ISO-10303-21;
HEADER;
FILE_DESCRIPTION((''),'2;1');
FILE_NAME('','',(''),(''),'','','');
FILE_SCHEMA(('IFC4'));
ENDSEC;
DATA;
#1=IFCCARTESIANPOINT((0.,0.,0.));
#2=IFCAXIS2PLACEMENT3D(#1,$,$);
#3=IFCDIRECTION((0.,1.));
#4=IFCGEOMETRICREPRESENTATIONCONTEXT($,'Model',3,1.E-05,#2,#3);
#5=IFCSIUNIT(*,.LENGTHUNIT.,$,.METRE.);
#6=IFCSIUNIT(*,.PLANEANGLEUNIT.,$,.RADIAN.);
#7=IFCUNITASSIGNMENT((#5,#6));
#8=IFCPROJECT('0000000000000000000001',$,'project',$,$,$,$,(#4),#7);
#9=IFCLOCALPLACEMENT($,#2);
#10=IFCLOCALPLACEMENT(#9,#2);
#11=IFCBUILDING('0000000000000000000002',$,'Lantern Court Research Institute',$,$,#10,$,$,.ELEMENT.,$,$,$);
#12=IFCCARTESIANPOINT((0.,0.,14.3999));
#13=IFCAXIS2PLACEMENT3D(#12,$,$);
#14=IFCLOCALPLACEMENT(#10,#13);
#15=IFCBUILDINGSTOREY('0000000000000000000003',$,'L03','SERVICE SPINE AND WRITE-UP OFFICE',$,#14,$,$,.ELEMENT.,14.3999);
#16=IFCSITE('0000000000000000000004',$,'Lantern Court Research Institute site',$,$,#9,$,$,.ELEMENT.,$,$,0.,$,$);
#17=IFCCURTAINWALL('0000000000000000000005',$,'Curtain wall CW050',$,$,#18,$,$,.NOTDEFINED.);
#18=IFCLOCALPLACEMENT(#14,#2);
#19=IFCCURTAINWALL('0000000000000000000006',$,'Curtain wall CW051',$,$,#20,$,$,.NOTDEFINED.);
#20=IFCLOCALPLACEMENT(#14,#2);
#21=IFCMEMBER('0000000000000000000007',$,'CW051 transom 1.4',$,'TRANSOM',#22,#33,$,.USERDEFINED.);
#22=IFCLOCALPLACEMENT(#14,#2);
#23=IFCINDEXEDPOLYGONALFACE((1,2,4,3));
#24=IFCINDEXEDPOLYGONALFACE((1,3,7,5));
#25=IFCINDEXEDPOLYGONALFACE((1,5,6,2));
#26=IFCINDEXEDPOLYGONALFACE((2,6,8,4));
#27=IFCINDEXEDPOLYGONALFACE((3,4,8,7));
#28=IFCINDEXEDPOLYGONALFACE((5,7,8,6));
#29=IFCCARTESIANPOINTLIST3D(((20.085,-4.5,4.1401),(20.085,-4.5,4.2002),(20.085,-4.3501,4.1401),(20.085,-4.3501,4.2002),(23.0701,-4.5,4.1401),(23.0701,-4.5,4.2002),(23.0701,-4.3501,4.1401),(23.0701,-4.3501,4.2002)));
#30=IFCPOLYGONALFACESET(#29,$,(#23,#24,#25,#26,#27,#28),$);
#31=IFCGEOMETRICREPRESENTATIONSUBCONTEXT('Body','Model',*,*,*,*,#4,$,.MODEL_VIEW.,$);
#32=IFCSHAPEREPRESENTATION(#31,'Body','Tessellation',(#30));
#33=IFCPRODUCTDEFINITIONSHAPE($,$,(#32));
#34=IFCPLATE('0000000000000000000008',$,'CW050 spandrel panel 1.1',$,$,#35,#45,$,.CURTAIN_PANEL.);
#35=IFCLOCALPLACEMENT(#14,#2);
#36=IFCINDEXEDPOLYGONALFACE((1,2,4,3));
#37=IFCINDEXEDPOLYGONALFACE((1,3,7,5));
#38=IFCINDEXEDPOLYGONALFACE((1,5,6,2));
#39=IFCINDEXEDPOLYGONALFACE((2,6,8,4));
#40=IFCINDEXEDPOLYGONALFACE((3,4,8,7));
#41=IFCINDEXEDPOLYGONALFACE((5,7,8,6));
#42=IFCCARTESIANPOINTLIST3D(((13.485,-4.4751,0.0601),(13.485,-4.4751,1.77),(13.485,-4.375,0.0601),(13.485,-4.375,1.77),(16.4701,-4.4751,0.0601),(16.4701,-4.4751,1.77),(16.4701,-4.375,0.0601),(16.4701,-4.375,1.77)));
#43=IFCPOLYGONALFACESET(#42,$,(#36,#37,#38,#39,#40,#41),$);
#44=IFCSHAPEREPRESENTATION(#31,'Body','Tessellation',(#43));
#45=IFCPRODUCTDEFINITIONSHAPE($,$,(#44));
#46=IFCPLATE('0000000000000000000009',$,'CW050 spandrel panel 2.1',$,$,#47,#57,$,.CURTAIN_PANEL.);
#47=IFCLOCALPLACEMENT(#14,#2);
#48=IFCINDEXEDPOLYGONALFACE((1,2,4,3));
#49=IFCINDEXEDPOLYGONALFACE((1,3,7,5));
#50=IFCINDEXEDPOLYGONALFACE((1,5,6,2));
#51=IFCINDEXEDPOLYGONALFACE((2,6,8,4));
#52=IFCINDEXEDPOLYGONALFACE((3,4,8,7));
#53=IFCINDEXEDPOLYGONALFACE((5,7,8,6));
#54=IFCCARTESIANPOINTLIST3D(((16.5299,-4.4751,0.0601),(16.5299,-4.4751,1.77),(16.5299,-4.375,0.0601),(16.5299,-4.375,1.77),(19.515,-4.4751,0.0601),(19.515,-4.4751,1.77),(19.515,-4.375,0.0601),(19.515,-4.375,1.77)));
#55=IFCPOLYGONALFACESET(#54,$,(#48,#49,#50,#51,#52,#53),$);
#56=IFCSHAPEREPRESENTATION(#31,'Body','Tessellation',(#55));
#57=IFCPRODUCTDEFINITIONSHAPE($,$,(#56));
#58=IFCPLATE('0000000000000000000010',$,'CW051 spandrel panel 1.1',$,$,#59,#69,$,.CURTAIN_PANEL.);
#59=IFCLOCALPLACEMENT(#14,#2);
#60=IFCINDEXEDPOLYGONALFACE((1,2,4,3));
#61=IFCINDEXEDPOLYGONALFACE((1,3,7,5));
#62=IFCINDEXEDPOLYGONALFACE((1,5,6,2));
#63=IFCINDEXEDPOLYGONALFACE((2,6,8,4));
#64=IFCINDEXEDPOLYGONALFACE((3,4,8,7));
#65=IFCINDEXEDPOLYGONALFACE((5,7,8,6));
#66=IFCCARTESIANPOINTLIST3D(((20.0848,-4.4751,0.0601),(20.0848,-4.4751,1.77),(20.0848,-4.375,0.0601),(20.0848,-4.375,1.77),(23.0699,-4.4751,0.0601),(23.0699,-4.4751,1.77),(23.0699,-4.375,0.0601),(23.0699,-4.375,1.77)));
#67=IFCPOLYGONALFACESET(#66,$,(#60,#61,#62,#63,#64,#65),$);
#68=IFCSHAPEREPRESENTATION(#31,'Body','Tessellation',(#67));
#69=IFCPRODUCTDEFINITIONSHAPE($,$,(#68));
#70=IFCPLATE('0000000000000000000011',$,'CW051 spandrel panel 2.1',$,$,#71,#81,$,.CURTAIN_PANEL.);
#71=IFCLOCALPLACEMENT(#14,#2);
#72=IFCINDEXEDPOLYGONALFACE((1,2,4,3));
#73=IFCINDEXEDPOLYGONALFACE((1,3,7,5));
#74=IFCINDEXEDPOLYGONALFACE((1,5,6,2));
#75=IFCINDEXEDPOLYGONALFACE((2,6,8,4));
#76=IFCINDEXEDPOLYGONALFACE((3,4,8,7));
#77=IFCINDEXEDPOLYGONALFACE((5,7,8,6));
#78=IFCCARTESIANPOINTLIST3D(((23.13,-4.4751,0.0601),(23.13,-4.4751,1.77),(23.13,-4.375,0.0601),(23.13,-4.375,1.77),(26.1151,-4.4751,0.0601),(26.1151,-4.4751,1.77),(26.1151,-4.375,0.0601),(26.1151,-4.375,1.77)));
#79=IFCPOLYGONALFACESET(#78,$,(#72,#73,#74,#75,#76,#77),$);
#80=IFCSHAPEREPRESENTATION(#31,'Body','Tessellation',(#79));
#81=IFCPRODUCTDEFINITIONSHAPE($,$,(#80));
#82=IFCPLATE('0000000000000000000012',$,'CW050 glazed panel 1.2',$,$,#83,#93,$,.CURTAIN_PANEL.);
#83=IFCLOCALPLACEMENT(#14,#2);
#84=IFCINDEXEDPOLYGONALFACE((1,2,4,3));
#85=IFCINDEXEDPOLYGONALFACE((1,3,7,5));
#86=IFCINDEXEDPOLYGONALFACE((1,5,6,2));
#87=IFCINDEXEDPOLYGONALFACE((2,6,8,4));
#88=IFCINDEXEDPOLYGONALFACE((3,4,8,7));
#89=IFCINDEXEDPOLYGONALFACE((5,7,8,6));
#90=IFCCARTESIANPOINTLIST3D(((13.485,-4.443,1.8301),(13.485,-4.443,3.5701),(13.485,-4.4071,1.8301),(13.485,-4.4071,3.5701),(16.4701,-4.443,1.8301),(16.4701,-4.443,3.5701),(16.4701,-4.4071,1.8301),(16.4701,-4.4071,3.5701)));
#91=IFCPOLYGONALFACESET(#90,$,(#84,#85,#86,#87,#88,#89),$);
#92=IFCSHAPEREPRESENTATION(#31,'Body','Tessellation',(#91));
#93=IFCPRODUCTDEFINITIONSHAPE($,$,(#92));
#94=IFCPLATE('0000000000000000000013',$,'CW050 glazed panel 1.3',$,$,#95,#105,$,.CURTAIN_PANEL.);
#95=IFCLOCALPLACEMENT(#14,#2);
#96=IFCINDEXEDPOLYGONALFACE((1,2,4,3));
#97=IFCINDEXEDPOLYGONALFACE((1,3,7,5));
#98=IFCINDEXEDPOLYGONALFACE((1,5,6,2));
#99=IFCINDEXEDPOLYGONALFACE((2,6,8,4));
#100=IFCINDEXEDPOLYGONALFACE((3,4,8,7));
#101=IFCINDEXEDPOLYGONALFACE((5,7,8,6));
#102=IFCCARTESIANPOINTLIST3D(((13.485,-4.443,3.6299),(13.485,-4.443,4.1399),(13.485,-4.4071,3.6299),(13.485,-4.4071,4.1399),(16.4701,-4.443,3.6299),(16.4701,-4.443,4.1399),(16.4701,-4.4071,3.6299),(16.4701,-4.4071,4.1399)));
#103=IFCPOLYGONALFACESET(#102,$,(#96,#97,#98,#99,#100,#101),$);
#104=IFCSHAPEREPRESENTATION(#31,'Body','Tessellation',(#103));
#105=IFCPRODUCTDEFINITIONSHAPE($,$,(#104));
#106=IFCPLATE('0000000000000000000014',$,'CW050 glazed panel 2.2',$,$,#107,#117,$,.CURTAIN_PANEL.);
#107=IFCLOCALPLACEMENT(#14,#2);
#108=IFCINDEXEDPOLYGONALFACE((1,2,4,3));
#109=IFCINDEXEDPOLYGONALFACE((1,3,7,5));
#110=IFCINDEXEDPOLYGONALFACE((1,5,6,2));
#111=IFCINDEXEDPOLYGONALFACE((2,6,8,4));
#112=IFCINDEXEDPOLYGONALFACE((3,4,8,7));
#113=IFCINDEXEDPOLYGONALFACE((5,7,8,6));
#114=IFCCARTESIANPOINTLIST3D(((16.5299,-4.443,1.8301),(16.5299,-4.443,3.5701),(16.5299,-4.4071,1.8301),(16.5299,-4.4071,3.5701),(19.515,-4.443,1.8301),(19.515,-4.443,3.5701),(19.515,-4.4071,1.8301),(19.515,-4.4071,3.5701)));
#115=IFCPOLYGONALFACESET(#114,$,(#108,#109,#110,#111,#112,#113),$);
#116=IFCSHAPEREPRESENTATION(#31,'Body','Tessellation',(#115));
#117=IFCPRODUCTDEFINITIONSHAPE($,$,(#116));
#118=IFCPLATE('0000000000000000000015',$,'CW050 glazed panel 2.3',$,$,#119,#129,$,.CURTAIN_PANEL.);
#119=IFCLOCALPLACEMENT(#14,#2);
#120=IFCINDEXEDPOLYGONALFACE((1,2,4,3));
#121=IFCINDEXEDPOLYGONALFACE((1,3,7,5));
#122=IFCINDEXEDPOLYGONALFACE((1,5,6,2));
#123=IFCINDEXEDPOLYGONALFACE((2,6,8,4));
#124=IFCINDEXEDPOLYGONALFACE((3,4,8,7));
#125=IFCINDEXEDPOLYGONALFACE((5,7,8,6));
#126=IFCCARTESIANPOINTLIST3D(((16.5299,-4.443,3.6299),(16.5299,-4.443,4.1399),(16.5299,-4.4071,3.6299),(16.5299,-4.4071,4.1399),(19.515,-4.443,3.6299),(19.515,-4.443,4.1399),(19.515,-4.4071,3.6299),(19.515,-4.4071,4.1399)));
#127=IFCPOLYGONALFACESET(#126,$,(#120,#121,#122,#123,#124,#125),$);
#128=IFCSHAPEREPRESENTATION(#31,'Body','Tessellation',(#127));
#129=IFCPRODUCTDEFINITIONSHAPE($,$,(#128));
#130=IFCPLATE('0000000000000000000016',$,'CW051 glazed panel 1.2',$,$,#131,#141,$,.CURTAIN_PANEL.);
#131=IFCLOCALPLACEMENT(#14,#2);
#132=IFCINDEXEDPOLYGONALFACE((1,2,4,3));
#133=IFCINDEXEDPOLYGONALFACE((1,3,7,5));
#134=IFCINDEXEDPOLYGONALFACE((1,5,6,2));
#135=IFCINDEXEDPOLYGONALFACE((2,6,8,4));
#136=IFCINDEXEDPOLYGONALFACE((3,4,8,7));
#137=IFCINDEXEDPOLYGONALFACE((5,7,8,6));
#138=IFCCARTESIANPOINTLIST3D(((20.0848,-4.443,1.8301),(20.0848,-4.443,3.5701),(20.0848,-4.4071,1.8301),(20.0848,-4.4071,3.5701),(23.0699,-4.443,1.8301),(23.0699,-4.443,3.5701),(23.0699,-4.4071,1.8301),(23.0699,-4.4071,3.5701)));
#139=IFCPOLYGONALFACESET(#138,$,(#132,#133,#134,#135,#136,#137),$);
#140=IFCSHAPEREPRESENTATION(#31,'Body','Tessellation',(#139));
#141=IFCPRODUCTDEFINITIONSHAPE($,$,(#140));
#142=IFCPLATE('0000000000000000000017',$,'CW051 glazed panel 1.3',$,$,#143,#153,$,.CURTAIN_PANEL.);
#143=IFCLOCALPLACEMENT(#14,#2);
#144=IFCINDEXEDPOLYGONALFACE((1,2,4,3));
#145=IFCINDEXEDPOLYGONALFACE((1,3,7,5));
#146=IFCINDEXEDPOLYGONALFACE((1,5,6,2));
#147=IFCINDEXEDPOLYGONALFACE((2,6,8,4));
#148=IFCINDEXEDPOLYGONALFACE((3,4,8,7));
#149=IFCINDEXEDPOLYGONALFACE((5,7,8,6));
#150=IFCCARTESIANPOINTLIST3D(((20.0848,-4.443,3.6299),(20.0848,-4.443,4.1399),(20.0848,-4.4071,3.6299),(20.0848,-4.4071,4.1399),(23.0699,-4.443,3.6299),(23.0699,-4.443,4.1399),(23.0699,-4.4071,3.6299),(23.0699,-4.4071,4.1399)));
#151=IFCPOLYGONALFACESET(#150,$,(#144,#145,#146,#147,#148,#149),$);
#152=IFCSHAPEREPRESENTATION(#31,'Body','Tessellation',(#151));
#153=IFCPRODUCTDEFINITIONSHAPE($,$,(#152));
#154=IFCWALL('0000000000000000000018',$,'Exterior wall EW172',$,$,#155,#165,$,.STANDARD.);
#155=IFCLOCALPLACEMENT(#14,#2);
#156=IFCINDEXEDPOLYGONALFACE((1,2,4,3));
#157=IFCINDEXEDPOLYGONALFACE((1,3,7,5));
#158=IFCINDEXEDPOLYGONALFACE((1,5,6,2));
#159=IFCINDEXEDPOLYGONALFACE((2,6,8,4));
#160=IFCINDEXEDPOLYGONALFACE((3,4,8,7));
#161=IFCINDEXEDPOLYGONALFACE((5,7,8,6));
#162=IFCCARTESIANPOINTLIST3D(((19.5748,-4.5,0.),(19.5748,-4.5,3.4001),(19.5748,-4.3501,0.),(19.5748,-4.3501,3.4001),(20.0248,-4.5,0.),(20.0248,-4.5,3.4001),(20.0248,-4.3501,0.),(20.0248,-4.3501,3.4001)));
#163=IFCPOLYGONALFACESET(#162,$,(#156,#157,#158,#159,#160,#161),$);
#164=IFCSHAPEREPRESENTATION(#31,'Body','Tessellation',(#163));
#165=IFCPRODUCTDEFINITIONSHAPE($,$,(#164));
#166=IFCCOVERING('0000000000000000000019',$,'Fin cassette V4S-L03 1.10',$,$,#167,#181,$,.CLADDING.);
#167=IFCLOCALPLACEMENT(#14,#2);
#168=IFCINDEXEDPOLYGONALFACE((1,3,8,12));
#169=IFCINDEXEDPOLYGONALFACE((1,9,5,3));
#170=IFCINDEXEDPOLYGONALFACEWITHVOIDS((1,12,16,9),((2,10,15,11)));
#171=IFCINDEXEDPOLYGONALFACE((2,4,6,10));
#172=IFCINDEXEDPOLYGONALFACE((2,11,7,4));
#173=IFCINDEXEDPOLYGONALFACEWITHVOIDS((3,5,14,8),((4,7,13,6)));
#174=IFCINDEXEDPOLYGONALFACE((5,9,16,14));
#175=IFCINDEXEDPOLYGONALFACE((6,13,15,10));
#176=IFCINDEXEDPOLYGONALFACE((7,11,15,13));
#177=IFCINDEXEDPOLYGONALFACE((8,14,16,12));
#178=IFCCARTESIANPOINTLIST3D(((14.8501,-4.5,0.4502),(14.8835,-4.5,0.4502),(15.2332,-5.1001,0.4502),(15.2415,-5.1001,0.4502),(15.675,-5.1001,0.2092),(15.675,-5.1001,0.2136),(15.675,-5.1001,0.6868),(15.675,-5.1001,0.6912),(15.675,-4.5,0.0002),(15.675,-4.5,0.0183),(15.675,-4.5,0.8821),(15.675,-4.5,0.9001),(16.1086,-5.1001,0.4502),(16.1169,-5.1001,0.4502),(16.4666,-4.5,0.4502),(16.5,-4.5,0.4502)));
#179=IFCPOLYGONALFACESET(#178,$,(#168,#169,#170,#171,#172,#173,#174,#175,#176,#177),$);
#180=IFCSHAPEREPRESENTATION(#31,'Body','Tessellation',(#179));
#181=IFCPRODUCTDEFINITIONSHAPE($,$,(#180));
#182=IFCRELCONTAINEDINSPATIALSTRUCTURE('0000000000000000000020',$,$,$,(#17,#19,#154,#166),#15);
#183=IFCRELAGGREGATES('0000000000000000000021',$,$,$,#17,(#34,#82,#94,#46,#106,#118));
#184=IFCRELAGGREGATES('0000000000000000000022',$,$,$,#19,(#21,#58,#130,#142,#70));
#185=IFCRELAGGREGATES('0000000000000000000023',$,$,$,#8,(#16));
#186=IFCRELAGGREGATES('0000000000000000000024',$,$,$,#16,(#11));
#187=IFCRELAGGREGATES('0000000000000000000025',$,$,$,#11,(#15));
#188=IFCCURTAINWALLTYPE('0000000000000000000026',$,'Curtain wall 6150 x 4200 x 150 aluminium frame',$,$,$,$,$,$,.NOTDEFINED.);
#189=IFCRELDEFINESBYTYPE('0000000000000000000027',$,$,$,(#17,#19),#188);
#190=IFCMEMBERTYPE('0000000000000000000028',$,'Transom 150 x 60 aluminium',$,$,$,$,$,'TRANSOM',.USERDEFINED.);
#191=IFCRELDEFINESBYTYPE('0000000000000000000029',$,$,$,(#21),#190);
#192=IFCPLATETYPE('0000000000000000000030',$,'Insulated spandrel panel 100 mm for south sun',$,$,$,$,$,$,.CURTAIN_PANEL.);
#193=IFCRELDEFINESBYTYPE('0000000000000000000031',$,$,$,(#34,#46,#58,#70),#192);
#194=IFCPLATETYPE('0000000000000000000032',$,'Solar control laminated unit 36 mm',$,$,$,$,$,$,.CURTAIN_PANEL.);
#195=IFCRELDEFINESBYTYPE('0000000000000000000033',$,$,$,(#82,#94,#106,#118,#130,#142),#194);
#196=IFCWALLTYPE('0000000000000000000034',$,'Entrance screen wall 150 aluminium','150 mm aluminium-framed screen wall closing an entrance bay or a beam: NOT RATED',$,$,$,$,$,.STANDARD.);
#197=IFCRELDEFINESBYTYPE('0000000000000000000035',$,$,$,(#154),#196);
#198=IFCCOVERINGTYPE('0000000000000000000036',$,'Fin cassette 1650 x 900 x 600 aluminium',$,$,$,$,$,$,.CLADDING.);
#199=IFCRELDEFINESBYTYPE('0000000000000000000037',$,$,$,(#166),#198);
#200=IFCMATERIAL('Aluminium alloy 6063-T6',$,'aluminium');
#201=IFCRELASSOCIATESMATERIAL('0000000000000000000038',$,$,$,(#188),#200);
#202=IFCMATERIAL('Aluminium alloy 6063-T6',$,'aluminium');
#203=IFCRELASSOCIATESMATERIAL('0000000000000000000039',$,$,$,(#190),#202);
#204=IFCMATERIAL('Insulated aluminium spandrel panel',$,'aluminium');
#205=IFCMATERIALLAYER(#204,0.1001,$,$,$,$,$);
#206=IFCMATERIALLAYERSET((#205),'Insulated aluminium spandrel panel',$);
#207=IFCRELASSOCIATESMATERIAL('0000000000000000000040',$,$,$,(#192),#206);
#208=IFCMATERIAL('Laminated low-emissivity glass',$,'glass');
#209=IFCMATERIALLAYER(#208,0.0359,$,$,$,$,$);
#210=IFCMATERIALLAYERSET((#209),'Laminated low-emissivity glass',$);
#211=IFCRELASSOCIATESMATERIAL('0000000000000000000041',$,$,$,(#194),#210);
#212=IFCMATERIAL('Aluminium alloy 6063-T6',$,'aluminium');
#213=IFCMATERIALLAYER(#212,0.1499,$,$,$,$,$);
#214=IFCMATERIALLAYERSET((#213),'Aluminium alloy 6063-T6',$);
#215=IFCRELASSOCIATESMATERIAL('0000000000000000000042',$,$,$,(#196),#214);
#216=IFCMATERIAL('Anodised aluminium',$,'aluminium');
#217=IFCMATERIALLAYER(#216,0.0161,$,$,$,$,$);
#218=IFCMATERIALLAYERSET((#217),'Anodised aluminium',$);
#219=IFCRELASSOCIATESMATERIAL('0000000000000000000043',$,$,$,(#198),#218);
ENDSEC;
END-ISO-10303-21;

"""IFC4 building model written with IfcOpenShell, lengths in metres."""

from ifc_helpers import new_model, entity, si_unit, direction, frame, frame_2d, origin, origin_2d, place, context, subcontext, project, spatial, rectangle, extrude, material, layer, layer_set, material_profile, profile_set, type_object, element, aggregate, save


model = new_model("IFC4")

# Units and contexts
model_context = context("Model", 3, precision=1e-05, world=origin(), true_north=direction((0.0, 1.0)))
body_context = subcontext(model_context, "Body", "Model", "MODEL_VIEW")
ifc_project = project(units=[si_unit("LENGTHUNIT", "METRE"), si_unit("PLANEANGLEUNIT", "RADIAN")], contexts=[model_context])

# Site, building, storey
site_placement = place(None, origin())
site = spatial("IfcSite", under=ifc_project, at=site_placement, Name="Lantern Court Research Institute site", CompositionType="ELEMENT", RefElevation=0.0)
building_placement = place(site_placement, origin())
building = spatial("IfcBuilding", under=site, at=building_placement, Name="Lantern Court Research Institute", CompositionType="ELEMENT")
storey_placement = place(building_placement, frame((0.0, 0.0, 14.3999)))
storey = spatial("IfcBuildingStorey", under=building, at=storey_placement, Name="L03", Description="SERVICE SPINE AND WRITE-UP OFFICE", CompositionType="ELEMENT", Elevation=14.3999)

# Curtain walls
ifc_material_1 = material(Name="Aluminium alloy 6063-T6", Category="aluminium")
curtain_wall_type = type_object("IfcCurtainWallType", Name="Curtain wall 6150 x 4200 x 150 aluminium frame", PredefinedType="NOTDEFINED", material=ifc_material_1)
curtain_wall_1_placement = place(storey_placement, origin())
curtain_wall_1 = element("IfcCurtainWall", 1, at=curtain_wall_1_placement, inside=storey, type_object=curtain_wall_type, Name="Curtain wall CW050", PredefinedType="NOTDEFINED")
curtain_wall_2_placement = place(storey_placement, origin())
curtain_wall_2 = element("IfcCurtainWall", 2, at=curtain_wall_2_placement, inside=storey, type_object=curtain_wall_type, Name="Curtain wall CW051", PredefinedType="NOTDEFINED")

# Member
ifc_material_2 = material(Name="Aluminium alloy 6063-T6", Category="aluminium")
ifc_material_profile_1 = material_profile(ifc_material_2, rectangle(XDim=0.1499, YDim=0.0601, at=origin_2d()), Name="Transom 150 x 60")
ifc_profile_set_1 = profile_set([ifc_material_profile_1], Name="Aluminium alloy 6063-T6")
member_type_1 = type_object("IfcMemberType", Name="Transom 150 x 60 aluminium", ElementType="TRANSOM", PredefinedType="USERDEFINED", material=ifc_profile_set_1)
member_1_placement = place(storey_placement, frame((23.0701, -4.425, 4.1702), z_axis=(-1.0, 0.0, 0.0), x_axis=(0.0, -1.0, 0.0)))
member_1 = element("IfcMember", 3, at=member_1_placement, type_object=member_type_1, Name="CW051 transom 1.4", ObjectType="TRANSOM", PredefinedType="USERDEFINED", context=body_context, shape_type="SweptSolid", body=[
    extrude(rectangle(XDim=0.1499, YDim=0.0601, at=origin_2d()), origin(), (0.0, 0.0, 1.0), 2.9851),
])

# Plates
ifc_material_3 = material(Name="Insulated aluminium spandrel panel", Category="aluminium")
ifc_layer_1 = layer(ifc_material_3, 0.1001)
ifc_layer_set_1 = layer_set([ifc_layer_1], Name="Insulated aluminium spandrel panel")
plate_type_1 = type_object("IfcPlateType", Name="Insulated spandrel panel 100 mm for south sun", PredefinedType="CURTAIN_PANEL", material=ifc_layer_set_1)
plate_1_placement = place(storey_placement, frame((14.9775, -4.425, 0.0601), z_axis=(0.0, 0.0, 1.0), x_axis=(-1.0, 0.0, 0.0)))
plate_1 = element("IfcPlate", 4, at=plate_1_placement, type_object=plate_type_1, Name="CW050 spandrel panel 1.1", PredefinedType="CURTAIN_PANEL", context=body_context, shape_type="SweptSolid", body=[
    extrude(rectangle(XDim=2.9851, YDim=0.1001, at=origin_2d()), origin(), (0.0, 0.0, 1.0), 1.71),
])
plate_2_placement = place(storey_placement, frame((18.0225, -4.425, 0.0601), z_axis=(0.0, 0.0, 1.0), x_axis=(-1.0, 0.0, 0.0)))
plate_2 = element("IfcPlate", 5, at=plate_2_placement, type_object=plate_type_1, Name="CW050 spandrel panel 2.1", PredefinedType="CURTAIN_PANEL", context=body_context, shape_type="SweptSolid", body=[
    extrude(rectangle(XDim=2.9851, YDim=0.1001, at=origin_2d()), origin(), (0.0, 0.0, 1.0), 1.71),
])
plate_3_placement = place(storey_placement, frame((21.5774, -4.425, 0.0601), z_axis=(0.0, 0.0, 1.0), x_axis=(-1.0, 0.0, 0.0)))
plate_3 = element("IfcPlate", 6, at=plate_3_placement, type_object=plate_type_1, Name="CW051 spandrel panel 1.1", PredefinedType="CURTAIN_PANEL", context=body_context, shape_type="SweptSolid", body=[
    extrude(rectangle(XDim=2.9851, YDim=0.1001, at=origin_2d()), origin(), (0.0, 0.0, 1.0), 1.71),
])
plate_4_placement = place(storey_placement, frame((24.6226, -4.425, 0.0601), z_axis=(0.0, 0.0, 1.0), x_axis=(-1.0, 0.0, 0.0)))
plate_4 = element("IfcPlate", 7, at=plate_4_placement, type_object=plate_type_1, Name="CW051 spandrel panel 2.1", PredefinedType="CURTAIN_PANEL", context=body_context, shape_type="SweptSolid", body=[
    extrude(rectangle(XDim=2.9851, YDim=0.1001, at=origin_2d()), origin(), (0.0, 0.0, 1.0), 1.71),
])
ifc_material_4 = material(Name="Laminated low-emissivity glass", Category="glass")
ifc_layer_2 = layer(ifc_material_4, 0.0359)
ifc_layer_set_2 = layer_set([ifc_layer_2], Name="Laminated low-emissivity glass")
plate_type_2 = type_object("IfcPlateType", Name="Solar control laminated unit 36 mm", PredefinedType="CURTAIN_PANEL", material=ifc_layer_set_2)
plate_5_placement = place(storey_placement, frame((14.9775, -4.425, 1.8301), z_axis=(0.0, 0.0, 1.0), x_axis=(-1.0, 0.0, 0.0)))
plate_5 = element("IfcPlate", 8, at=plate_5_placement, type_object=plate_type_2, Name="CW050 glazed panel 1.2", PredefinedType="CURTAIN_PANEL", context=body_context, shape_type="SweptSolid", body=[
    extrude(rectangle(XDim=2.9851, YDim=0.0359, at=origin_2d()), origin(), (0.0, 0.0, 1.0), 1.74),
])
plate_6_placement = place(storey_placement, frame((14.9775, -4.425, 3.6299), z_axis=(0.0, 0.0, 1.0), x_axis=(-1.0, 0.0, 0.0)))
plate_6 = element("IfcPlate", 9, at=plate_6_placement, type_object=plate_type_2, Name="CW050 glazed panel 1.3", PredefinedType="CURTAIN_PANEL", context=body_context, shape_type="SweptSolid", body=[
    extrude(rectangle(XDim=2.9851, YDim=0.0359, at=origin_2d()), origin(), (0.0, 0.0, 1.0), 0.51),
])
plate_7_placement = place(storey_placement, frame((18.0225, -4.425, 1.8301), z_axis=(0.0, 0.0, 1.0), x_axis=(-1.0, 0.0, 0.0)))
plate_7 = element("IfcPlate", 10, at=plate_7_placement, type_object=plate_type_2, Name="CW050 glazed panel 2.2", PredefinedType="CURTAIN_PANEL", context=body_context, shape_type="SweptSolid", body=[
    extrude(rectangle(XDim=2.9851, YDim=0.0359, at=origin_2d()), origin(), (0.0, 0.0, 1.0), 1.74),
])
plate_8_placement = place(storey_placement, frame((18.0225, -4.425, 3.6299), z_axis=(0.0, 0.0, 1.0), x_axis=(-1.0, 0.0, 0.0)))
plate_8 = element("IfcPlate", 11, at=plate_8_placement, type_object=plate_type_2, Name="CW050 glazed panel 2.3", PredefinedType="CURTAIN_PANEL", context=body_context, shape_type="SweptSolid", body=[
    extrude(rectangle(XDim=2.9851, YDim=0.0359, at=origin_2d()), origin(), (0.0, 0.0, 1.0), 0.51),
])
aggregate(curtain_wall_1, [plate_1, plate_5, plate_6, plate_2, plate_7, plate_8])
plate_9_placement = place(storey_placement, frame((21.5774, -4.425, 1.8301), z_axis=(0.0, 0.0, 1.0), x_axis=(-1.0, 0.0, 0.0)))
plate_9 = element("IfcPlate", 12, at=plate_9_placement, type_object=plate_type_2, Name="CW051 glazed panel 1.2", PredefinedType="CURTAIN_PANEL", context=body_context, shape_type="SweptSolid", body=[
    extrude(rectangle(XDim=2.9851, YDim=0.0359, at=origin_2d()), origin(), (0.0, 0.0, 1.0), 1.74),
])
plate_10_placement = place(storey_placement, frame((21.5774, -4.425, 3.6299), z_axis=(0.0, 0.0, 1.0), x_axis=(-1.0, 0.0, 0.0)))
plate_10 = element("IfcPlate", 13, at=plate_10_placement, type_object=plate_type_2, Name="CW051 glazed panel 1.3", PredefinedType="CURTAIN_PANEL", context=body_context, shape_type="SweptSolid", body=[
    extrude(rectangle(XDim=2.9851, YDim=0.0359, at=origin_2d()), origin(), (0.0, 0.0, 1.0), 0.51),
])
aggregate(curtain_wall_2, [member_1, plate_3, plate_9, plate_10, plate_4])

# Wall
ifc_material_5 = material(Name="Aluminium alloy 6063-T6", Category="aluminium")
ifc_layer_3 = layer(ifc_material_5, 0.1499)
ifc_layer_set_3 = layer_set([ifc_layer_3], Name="Aluminium alloy 6063-T6")
wall_type = type_object("IfcWallType", Name="Entrance screen wall 150 aluminium", Description="150 mm aluminium-framed screen wall closing an entrance bay or a beam: NOT RATED", PredefinedType="STANDARD", material=ifc_layer_set_3)
wall_placement = place(storey_placement, frame((20.0249, -4.425, 0.0), z_axis=(0.0, 0.0, 1.0), x_axis=(-1.0, 0.0, 0.0)))
element("IfcWall", 14, at=wall_placement, inside=storey, type_object=wall_type, Name="Exterior wall EW172", PredefinedType="STANDARD", context=body_context, shape_type="SweptSolid", body=[
    extrude(rectangle(XDim=0.45, YDim=0.1499, at=frame_2d((0.2251, 0.0))), origin(), (0.0, 0.0, 1.0), 3.4001),
])

# Covering
ifc_material_6 = material(Name="Anodised aluminium", Category="aluminium")
ifc_layer_4 = layer(ifc_material_6, 0.0161)
ifc_layer_set_4 = layer_set([ifc_layer_4], Name="Anodised aluminium")
covering_type = type_object("IfcCoveringType", Name="Fin cassette 1650 x 900 x 600 aluminium", PredefinedType="CLADDING", material=ifc_layer_set_4)
covering_1_placement = place(storey_placement, frame((15.675, -4.5, 0.4502), z_axis=(0.0, -1.0, 0.0), x_axis=(1.0, 0.0, 0.0)))
cartesian_point_1 = entity("IfcCartesianPoint", [0.825, 0.0])
cartesian_point_2 = entity("IfcCartesianPoint", [0.7915, 0.0])
cartesian_point_3 = entity("IfcCartesianPoint", [0.4419, 0.0])
cartesian_point_4 = entity("IfcCartesianPoint", [0.4336, 0.0])
element("IfcCovering", 15, at=covering_1_placement, inside=storey, type_object=covering_type, Name="Fin cassette V4S-L03 1.10", PredefinedType="CLADDING", context=body_context, shape_type="SweptSolid", body=[
    entity("IfcExtrudedAreaSolidTapered", entity("IfcArbitraryProfileDefWithVoids", "AREA", None, entity("IfcPolyline", [cartesian_point_1, entity("IfcCartesianPoint", [0.0, 0.45]), entity("IfcCartesianPoint", [-0.825, 0.0]), entity("IfcCartesianPoint", [0.0, -0.45]), cartesian_point_1]), [entity("IfcPolyline", [cartesian_point_2, entity("IfcCartesianPoint", [0.0, 0.4319]), entity("IfcCartesianPoint", [-0.7915, 0.0]), entity("IfcCartesianPoint", [0.0, -0.4319]), cartesian_point_2])]), entity("IfcAxis2Placement3D", entity("IfcCartesianPoint", [0.0, 0.0, 0.0])), entity("IfcDirection", [0.0, 0.0, 1.0]), 0.6001, entity("IfcArbitraryProfileDefWithVoids", "AREA", None, entity("IfcPolyline", [cartesian_point_3, entity("IfcCartesianPoint", [0.0, 0.241]), entity("IfcCartesianPoint", [-0.4419, 0.0]), entity("IfcCartesianPoint", [0.0, -0.241]), cartesian_point_3]), [entity("IfcPolyline", [cartesian_point_4, entity("IfcCartesianPoint", [0.0, 0.2366]), entity("IfcCartesianPoint", [-0.4336, 0.0]), entity("IfcCartesianPoint", [0.0, -0.2366]), cartesian_point_4])])),
])

save(model, "model.ifc")
